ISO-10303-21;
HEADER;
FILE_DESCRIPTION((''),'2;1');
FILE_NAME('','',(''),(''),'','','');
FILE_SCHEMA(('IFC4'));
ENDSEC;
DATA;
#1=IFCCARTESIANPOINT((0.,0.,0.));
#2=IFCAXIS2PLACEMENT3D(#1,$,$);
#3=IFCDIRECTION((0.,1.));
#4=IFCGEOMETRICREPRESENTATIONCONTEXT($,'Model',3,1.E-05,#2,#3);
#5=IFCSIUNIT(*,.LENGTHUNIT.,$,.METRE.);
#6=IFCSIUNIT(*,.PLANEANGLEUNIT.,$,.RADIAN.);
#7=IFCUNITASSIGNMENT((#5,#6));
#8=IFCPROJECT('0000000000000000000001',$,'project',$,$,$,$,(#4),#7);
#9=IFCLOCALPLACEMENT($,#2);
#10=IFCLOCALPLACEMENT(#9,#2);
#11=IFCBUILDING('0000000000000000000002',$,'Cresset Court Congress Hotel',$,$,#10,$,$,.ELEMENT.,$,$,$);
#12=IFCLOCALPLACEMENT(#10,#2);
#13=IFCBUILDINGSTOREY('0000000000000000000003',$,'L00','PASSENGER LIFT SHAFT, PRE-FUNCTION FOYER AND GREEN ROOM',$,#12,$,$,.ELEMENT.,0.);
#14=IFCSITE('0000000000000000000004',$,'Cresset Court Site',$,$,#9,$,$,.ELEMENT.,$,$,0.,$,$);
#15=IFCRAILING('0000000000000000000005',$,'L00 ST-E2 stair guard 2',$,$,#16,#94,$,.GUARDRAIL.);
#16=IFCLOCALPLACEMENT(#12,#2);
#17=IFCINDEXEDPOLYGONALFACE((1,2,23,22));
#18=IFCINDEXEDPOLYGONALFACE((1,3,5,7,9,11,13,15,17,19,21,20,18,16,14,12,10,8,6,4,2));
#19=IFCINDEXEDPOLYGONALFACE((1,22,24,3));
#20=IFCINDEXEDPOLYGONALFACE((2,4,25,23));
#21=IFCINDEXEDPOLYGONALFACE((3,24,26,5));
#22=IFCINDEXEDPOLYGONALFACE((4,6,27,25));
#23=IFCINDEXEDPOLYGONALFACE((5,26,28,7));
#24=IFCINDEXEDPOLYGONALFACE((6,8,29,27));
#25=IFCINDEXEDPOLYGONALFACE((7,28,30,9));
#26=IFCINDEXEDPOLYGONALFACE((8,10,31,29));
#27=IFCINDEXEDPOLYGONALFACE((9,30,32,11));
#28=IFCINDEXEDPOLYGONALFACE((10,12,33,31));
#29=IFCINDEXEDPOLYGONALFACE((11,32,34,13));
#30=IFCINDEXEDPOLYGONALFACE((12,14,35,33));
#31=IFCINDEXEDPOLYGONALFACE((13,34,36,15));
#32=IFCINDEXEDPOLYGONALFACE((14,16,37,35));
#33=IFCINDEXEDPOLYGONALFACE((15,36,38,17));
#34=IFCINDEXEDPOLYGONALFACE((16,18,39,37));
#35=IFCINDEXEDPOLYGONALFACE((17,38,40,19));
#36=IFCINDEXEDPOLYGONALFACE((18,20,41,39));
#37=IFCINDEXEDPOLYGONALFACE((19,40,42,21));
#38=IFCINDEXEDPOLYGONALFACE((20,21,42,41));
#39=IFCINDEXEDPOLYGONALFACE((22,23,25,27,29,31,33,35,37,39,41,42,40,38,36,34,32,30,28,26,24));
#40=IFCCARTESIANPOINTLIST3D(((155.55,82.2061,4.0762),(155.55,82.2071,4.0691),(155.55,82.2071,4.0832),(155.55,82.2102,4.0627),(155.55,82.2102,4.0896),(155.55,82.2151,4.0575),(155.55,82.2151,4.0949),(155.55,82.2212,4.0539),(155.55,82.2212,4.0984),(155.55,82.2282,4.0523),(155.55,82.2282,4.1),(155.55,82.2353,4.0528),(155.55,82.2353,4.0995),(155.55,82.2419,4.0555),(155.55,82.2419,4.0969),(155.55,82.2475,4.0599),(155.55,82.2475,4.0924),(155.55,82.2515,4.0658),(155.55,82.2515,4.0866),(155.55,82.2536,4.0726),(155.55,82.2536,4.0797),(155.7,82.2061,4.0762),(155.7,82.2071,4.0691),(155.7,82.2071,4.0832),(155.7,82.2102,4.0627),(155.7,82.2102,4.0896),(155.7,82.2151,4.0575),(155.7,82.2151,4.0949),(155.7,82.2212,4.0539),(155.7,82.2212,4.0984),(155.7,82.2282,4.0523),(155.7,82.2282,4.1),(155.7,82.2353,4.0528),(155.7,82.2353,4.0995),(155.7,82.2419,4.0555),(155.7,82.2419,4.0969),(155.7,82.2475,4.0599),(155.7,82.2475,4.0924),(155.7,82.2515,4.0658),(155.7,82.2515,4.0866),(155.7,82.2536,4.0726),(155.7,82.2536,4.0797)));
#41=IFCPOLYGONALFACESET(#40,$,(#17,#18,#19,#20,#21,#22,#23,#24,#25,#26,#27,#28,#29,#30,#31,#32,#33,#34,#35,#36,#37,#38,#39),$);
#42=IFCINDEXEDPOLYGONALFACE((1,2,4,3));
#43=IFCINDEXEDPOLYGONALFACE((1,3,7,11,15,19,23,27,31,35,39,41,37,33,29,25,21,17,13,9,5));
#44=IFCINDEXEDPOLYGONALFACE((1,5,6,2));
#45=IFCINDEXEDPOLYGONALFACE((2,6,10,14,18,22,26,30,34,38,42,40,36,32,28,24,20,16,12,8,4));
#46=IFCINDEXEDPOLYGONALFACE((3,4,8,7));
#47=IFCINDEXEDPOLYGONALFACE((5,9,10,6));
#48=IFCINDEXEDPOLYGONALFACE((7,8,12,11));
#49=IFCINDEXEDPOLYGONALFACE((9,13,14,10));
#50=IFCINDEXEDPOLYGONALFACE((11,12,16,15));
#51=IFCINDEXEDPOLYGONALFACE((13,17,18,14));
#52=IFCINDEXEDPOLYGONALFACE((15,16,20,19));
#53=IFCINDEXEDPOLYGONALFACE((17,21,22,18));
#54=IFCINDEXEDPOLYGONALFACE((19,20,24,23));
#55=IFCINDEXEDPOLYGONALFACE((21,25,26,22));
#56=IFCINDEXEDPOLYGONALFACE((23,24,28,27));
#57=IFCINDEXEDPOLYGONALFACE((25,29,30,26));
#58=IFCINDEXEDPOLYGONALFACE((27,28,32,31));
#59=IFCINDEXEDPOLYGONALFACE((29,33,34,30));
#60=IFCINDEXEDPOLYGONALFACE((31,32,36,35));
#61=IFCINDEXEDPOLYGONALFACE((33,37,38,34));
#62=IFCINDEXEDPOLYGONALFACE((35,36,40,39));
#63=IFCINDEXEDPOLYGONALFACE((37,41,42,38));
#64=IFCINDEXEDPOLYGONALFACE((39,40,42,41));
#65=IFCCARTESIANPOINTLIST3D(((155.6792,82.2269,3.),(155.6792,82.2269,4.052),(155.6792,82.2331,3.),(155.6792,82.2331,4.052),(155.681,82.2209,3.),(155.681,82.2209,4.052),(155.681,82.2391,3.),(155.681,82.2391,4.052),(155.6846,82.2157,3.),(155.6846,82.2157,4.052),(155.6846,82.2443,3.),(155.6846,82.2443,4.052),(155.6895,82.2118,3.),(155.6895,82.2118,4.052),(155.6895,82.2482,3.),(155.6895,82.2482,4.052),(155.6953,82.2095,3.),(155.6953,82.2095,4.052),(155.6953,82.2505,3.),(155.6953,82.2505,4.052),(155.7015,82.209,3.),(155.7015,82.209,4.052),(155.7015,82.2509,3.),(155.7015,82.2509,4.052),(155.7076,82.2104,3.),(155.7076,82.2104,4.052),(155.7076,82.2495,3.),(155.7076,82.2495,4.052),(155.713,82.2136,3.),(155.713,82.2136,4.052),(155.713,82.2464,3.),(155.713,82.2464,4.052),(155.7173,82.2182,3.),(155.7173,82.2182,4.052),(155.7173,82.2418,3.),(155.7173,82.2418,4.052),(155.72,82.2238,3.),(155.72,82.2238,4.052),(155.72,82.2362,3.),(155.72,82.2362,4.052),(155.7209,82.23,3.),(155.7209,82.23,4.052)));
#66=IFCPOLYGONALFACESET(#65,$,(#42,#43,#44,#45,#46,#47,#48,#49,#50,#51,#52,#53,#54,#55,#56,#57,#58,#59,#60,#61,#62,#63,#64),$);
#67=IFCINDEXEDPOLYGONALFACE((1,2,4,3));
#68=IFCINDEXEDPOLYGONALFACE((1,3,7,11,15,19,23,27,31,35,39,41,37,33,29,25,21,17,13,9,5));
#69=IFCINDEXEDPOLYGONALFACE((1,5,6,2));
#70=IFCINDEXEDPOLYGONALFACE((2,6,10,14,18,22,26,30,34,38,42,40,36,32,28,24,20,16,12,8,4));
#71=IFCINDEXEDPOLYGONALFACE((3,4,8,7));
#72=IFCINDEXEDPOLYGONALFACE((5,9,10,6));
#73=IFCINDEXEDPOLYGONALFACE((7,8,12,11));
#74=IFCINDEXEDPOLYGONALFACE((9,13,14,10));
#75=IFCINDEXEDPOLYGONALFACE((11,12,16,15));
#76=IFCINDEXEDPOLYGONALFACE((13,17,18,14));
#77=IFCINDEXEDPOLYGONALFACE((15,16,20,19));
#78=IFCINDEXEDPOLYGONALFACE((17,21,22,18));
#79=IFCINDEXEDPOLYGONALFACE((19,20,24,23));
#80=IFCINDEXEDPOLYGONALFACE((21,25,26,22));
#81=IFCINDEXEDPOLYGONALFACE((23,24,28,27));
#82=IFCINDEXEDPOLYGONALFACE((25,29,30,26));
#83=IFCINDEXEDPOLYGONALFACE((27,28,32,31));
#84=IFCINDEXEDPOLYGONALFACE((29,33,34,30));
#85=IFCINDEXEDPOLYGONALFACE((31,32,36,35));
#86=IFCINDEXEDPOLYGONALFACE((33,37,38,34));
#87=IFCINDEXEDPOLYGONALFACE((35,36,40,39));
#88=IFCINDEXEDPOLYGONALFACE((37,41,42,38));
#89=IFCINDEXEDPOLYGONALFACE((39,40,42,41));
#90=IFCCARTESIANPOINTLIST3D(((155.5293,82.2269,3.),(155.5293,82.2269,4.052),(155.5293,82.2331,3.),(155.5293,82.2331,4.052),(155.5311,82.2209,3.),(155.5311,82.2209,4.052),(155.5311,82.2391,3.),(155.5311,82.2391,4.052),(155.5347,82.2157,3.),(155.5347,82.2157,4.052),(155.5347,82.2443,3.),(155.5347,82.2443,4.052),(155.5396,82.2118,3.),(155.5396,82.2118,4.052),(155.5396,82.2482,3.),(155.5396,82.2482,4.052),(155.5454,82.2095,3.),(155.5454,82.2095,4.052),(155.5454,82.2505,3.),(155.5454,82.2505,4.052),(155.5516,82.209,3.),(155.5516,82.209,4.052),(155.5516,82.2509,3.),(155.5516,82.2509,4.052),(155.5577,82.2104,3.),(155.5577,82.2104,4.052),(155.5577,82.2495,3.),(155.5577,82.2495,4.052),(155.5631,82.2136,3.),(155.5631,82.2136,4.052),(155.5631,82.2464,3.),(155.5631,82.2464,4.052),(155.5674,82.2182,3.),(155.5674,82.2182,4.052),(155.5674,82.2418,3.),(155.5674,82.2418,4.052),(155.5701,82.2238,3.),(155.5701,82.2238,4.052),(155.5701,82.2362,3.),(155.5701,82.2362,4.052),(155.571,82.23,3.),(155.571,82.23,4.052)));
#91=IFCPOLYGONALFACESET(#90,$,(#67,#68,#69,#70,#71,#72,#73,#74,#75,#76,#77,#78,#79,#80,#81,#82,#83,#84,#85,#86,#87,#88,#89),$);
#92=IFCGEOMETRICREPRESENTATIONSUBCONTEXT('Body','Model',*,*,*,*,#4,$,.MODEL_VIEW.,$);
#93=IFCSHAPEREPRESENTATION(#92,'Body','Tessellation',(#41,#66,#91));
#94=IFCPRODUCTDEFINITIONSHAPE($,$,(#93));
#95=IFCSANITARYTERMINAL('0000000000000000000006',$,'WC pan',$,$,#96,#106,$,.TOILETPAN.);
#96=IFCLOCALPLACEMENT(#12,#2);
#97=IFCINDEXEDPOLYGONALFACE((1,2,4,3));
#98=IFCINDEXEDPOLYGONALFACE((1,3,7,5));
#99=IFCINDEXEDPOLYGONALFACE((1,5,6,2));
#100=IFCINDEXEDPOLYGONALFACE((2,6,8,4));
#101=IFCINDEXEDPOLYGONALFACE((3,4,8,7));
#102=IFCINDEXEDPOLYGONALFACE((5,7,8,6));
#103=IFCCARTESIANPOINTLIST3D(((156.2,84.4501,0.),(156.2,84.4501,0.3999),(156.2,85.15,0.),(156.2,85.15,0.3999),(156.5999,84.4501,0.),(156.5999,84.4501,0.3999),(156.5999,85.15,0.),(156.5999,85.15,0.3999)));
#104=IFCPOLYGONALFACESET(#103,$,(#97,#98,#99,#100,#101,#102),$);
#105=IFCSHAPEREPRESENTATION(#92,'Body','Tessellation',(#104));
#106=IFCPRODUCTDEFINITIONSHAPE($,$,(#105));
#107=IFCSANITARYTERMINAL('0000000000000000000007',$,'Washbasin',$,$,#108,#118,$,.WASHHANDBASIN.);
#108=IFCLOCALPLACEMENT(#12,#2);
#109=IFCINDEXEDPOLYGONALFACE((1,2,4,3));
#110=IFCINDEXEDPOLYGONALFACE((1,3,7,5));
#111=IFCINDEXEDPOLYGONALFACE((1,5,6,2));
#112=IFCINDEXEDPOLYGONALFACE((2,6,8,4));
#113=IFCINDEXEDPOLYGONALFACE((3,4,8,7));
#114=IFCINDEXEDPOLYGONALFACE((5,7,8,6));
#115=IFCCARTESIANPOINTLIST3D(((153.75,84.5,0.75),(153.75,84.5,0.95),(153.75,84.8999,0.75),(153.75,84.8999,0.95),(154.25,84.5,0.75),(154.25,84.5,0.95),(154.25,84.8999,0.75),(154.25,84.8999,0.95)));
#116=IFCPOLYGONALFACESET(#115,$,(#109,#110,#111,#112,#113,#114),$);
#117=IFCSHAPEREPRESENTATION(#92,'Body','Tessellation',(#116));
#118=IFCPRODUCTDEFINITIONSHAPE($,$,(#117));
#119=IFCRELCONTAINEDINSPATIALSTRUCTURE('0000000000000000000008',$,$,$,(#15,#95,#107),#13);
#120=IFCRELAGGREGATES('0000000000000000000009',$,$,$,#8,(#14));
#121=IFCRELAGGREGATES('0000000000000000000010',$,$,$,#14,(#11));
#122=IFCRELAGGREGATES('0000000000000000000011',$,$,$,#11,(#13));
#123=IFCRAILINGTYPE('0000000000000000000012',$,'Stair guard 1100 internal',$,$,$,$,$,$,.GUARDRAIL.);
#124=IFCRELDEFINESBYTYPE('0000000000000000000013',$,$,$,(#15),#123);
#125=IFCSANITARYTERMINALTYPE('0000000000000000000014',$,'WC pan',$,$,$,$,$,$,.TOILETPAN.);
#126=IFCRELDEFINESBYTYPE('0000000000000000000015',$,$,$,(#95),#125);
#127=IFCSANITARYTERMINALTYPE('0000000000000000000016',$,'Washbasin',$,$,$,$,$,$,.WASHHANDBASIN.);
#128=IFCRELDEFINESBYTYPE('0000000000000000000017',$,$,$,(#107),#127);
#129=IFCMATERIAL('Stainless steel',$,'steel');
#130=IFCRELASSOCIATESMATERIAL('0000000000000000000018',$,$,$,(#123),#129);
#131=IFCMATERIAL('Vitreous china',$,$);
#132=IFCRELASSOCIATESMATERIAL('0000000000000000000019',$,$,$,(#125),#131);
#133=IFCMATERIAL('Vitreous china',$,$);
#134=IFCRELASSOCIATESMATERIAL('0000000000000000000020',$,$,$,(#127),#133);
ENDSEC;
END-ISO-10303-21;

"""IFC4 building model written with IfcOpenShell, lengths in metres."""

from ifc_helpers import new_model, si_unit, direction, frame, origin, origin_2d, place, context, subcontext, project, spatial, rectangle, circle, extrude, material, type_object, element, save


model = new_model("IFC4")

# Units and contexts
model_context = context("Model", 3, precision=1e-05, world=origin(), true_north=direction((0.0, 1.0)))
body_context = subcontext(model_context, "Body", "Model", "MODEL_VIEW")
ifc_project = project(units=[si_unit("LENGTHUNIT", "METRE"), si_unit("PLANEANGLEUNIT", "RADIAN")], contexts=[model_context])

# Site, building, storey
site_placement = place(None, origin())
site = spatial("IfcSite", under=ifc_project, at=site_placement, Name="Cresset Court Site", CompositionType="ELEMENT", RefElevation=0.0)
building_placement = place(site_placement, origin())
building = spatial("IfcBuilding", under=site, at=building_placement, Name="Cresset Court Congress Hotel", CompositionType="ELEMENT")
storey_placement = place(building_placement, origin())
storey = spatial("IfcBuildingStorey", under=building, at=storey_placement, Name="L00", Description="PASSENGER LIFT SHAFT, PRE-FUNCTION FOYER AND GREEN ROOM", CompositionType="ELEMENT", Elevation=0.0)

# Railing
ifc_material_1 = material(Name="Stainless steel", Category="steel")
railing_type_1 = type_object("IfcRailingType", Name="Stair guard 1100 internal", PredefinedType="GUARDRAIL", material=ifc_material_1)
railing_1_placement = place(storey_placement, frame((155.7, 82.23, 3.0)))
element("IfcRailing", 1, at=railing_1_placement, inside=storey, type_object=railing_type_1, Name="L00 ST-E2 stair guard 2", PredefinedType="GUARDRAIL", context=body_context, shape_type="SweptSolid", body=[
    extrude(circle(Radius=0.0239, at=origin_2d()), frame((0.0, 0.0, 1.0762), z_axis=(-1.0, 0.0, 0.0), x_axis=(0.0, -1.0, 0.0)), (0.0, 0.0, 1.0), 0.1499),
    extrude(circle(Radius=0.021, at=origin_2d()), origin(), (0.0, 0.0, 1.0), 1.052),
    extrude(circle(Radius=0.021, at=origin_2d()), frame((-0.1499, 0.0, 0.0)), (0.0, 0.0, 1.0), 1.052),
])

# Sanitary terminals
ifc_material_2 = material(Name="Vitreous china")
sanitary_terminal_type_1 = type_object("IfcSanitaryTerminalType", Name="WC pan", PredefinedType="TOILETPAN", material=ifc_material_2)
sanitary_terminal_1_placement = place(storey_placement, frame((156.3999, 84.8, 0.0), z_axis=(0.0, 0.0, 1.0), x_axis=(1.0, 0.0, 0.0)))
element("IfcSanitaryTerminal", 2, at=sanitary_terminal_1_placement, inside=storey, type_object=sanitary_terminal_type_1, Name="WC pan", PredefinedType="TOILETPAN", context=body_context, shape_type="SweptSolid", body=[
    extrude(rectangle(XDim=0.3999, YDim=0.7, at=origin_2d()), origin(), (0.0, 0.0, 1.0), 0.3999),
])
ifc_material_3 = material(Name="Vitreous china")
sanitary_terminal_type_2 = type_object("IfcSanitaryTerminalType", Name="Washbasin", PredefinedType="WASHHANDBASIN", material=ifc_material_3)
sanitary_terminal_2_placement = place(storey_placement, frame((154.0, 84.7, 0.75), z_axis=(0.0, 0.0, 1.0), x_axis=(1.0, 0.0, 0.0)))
element("IfcSanitaryTerminal", 3, at=sanitary_terminal_2_placement, inside=storey, type_object=sanitary_terminal_type_2, Name="Washbasin", PredefinedType="WASHHANDBASIN", context=body_context, shape_type="SweptSolid", body=[
    extrude(rectangle(XDim=0.5, YDim=0.3999, at=origin_2d()), origin(), (0.0, 0.0, 1.0), 0.2),
])

save(model, "model.ifc")
